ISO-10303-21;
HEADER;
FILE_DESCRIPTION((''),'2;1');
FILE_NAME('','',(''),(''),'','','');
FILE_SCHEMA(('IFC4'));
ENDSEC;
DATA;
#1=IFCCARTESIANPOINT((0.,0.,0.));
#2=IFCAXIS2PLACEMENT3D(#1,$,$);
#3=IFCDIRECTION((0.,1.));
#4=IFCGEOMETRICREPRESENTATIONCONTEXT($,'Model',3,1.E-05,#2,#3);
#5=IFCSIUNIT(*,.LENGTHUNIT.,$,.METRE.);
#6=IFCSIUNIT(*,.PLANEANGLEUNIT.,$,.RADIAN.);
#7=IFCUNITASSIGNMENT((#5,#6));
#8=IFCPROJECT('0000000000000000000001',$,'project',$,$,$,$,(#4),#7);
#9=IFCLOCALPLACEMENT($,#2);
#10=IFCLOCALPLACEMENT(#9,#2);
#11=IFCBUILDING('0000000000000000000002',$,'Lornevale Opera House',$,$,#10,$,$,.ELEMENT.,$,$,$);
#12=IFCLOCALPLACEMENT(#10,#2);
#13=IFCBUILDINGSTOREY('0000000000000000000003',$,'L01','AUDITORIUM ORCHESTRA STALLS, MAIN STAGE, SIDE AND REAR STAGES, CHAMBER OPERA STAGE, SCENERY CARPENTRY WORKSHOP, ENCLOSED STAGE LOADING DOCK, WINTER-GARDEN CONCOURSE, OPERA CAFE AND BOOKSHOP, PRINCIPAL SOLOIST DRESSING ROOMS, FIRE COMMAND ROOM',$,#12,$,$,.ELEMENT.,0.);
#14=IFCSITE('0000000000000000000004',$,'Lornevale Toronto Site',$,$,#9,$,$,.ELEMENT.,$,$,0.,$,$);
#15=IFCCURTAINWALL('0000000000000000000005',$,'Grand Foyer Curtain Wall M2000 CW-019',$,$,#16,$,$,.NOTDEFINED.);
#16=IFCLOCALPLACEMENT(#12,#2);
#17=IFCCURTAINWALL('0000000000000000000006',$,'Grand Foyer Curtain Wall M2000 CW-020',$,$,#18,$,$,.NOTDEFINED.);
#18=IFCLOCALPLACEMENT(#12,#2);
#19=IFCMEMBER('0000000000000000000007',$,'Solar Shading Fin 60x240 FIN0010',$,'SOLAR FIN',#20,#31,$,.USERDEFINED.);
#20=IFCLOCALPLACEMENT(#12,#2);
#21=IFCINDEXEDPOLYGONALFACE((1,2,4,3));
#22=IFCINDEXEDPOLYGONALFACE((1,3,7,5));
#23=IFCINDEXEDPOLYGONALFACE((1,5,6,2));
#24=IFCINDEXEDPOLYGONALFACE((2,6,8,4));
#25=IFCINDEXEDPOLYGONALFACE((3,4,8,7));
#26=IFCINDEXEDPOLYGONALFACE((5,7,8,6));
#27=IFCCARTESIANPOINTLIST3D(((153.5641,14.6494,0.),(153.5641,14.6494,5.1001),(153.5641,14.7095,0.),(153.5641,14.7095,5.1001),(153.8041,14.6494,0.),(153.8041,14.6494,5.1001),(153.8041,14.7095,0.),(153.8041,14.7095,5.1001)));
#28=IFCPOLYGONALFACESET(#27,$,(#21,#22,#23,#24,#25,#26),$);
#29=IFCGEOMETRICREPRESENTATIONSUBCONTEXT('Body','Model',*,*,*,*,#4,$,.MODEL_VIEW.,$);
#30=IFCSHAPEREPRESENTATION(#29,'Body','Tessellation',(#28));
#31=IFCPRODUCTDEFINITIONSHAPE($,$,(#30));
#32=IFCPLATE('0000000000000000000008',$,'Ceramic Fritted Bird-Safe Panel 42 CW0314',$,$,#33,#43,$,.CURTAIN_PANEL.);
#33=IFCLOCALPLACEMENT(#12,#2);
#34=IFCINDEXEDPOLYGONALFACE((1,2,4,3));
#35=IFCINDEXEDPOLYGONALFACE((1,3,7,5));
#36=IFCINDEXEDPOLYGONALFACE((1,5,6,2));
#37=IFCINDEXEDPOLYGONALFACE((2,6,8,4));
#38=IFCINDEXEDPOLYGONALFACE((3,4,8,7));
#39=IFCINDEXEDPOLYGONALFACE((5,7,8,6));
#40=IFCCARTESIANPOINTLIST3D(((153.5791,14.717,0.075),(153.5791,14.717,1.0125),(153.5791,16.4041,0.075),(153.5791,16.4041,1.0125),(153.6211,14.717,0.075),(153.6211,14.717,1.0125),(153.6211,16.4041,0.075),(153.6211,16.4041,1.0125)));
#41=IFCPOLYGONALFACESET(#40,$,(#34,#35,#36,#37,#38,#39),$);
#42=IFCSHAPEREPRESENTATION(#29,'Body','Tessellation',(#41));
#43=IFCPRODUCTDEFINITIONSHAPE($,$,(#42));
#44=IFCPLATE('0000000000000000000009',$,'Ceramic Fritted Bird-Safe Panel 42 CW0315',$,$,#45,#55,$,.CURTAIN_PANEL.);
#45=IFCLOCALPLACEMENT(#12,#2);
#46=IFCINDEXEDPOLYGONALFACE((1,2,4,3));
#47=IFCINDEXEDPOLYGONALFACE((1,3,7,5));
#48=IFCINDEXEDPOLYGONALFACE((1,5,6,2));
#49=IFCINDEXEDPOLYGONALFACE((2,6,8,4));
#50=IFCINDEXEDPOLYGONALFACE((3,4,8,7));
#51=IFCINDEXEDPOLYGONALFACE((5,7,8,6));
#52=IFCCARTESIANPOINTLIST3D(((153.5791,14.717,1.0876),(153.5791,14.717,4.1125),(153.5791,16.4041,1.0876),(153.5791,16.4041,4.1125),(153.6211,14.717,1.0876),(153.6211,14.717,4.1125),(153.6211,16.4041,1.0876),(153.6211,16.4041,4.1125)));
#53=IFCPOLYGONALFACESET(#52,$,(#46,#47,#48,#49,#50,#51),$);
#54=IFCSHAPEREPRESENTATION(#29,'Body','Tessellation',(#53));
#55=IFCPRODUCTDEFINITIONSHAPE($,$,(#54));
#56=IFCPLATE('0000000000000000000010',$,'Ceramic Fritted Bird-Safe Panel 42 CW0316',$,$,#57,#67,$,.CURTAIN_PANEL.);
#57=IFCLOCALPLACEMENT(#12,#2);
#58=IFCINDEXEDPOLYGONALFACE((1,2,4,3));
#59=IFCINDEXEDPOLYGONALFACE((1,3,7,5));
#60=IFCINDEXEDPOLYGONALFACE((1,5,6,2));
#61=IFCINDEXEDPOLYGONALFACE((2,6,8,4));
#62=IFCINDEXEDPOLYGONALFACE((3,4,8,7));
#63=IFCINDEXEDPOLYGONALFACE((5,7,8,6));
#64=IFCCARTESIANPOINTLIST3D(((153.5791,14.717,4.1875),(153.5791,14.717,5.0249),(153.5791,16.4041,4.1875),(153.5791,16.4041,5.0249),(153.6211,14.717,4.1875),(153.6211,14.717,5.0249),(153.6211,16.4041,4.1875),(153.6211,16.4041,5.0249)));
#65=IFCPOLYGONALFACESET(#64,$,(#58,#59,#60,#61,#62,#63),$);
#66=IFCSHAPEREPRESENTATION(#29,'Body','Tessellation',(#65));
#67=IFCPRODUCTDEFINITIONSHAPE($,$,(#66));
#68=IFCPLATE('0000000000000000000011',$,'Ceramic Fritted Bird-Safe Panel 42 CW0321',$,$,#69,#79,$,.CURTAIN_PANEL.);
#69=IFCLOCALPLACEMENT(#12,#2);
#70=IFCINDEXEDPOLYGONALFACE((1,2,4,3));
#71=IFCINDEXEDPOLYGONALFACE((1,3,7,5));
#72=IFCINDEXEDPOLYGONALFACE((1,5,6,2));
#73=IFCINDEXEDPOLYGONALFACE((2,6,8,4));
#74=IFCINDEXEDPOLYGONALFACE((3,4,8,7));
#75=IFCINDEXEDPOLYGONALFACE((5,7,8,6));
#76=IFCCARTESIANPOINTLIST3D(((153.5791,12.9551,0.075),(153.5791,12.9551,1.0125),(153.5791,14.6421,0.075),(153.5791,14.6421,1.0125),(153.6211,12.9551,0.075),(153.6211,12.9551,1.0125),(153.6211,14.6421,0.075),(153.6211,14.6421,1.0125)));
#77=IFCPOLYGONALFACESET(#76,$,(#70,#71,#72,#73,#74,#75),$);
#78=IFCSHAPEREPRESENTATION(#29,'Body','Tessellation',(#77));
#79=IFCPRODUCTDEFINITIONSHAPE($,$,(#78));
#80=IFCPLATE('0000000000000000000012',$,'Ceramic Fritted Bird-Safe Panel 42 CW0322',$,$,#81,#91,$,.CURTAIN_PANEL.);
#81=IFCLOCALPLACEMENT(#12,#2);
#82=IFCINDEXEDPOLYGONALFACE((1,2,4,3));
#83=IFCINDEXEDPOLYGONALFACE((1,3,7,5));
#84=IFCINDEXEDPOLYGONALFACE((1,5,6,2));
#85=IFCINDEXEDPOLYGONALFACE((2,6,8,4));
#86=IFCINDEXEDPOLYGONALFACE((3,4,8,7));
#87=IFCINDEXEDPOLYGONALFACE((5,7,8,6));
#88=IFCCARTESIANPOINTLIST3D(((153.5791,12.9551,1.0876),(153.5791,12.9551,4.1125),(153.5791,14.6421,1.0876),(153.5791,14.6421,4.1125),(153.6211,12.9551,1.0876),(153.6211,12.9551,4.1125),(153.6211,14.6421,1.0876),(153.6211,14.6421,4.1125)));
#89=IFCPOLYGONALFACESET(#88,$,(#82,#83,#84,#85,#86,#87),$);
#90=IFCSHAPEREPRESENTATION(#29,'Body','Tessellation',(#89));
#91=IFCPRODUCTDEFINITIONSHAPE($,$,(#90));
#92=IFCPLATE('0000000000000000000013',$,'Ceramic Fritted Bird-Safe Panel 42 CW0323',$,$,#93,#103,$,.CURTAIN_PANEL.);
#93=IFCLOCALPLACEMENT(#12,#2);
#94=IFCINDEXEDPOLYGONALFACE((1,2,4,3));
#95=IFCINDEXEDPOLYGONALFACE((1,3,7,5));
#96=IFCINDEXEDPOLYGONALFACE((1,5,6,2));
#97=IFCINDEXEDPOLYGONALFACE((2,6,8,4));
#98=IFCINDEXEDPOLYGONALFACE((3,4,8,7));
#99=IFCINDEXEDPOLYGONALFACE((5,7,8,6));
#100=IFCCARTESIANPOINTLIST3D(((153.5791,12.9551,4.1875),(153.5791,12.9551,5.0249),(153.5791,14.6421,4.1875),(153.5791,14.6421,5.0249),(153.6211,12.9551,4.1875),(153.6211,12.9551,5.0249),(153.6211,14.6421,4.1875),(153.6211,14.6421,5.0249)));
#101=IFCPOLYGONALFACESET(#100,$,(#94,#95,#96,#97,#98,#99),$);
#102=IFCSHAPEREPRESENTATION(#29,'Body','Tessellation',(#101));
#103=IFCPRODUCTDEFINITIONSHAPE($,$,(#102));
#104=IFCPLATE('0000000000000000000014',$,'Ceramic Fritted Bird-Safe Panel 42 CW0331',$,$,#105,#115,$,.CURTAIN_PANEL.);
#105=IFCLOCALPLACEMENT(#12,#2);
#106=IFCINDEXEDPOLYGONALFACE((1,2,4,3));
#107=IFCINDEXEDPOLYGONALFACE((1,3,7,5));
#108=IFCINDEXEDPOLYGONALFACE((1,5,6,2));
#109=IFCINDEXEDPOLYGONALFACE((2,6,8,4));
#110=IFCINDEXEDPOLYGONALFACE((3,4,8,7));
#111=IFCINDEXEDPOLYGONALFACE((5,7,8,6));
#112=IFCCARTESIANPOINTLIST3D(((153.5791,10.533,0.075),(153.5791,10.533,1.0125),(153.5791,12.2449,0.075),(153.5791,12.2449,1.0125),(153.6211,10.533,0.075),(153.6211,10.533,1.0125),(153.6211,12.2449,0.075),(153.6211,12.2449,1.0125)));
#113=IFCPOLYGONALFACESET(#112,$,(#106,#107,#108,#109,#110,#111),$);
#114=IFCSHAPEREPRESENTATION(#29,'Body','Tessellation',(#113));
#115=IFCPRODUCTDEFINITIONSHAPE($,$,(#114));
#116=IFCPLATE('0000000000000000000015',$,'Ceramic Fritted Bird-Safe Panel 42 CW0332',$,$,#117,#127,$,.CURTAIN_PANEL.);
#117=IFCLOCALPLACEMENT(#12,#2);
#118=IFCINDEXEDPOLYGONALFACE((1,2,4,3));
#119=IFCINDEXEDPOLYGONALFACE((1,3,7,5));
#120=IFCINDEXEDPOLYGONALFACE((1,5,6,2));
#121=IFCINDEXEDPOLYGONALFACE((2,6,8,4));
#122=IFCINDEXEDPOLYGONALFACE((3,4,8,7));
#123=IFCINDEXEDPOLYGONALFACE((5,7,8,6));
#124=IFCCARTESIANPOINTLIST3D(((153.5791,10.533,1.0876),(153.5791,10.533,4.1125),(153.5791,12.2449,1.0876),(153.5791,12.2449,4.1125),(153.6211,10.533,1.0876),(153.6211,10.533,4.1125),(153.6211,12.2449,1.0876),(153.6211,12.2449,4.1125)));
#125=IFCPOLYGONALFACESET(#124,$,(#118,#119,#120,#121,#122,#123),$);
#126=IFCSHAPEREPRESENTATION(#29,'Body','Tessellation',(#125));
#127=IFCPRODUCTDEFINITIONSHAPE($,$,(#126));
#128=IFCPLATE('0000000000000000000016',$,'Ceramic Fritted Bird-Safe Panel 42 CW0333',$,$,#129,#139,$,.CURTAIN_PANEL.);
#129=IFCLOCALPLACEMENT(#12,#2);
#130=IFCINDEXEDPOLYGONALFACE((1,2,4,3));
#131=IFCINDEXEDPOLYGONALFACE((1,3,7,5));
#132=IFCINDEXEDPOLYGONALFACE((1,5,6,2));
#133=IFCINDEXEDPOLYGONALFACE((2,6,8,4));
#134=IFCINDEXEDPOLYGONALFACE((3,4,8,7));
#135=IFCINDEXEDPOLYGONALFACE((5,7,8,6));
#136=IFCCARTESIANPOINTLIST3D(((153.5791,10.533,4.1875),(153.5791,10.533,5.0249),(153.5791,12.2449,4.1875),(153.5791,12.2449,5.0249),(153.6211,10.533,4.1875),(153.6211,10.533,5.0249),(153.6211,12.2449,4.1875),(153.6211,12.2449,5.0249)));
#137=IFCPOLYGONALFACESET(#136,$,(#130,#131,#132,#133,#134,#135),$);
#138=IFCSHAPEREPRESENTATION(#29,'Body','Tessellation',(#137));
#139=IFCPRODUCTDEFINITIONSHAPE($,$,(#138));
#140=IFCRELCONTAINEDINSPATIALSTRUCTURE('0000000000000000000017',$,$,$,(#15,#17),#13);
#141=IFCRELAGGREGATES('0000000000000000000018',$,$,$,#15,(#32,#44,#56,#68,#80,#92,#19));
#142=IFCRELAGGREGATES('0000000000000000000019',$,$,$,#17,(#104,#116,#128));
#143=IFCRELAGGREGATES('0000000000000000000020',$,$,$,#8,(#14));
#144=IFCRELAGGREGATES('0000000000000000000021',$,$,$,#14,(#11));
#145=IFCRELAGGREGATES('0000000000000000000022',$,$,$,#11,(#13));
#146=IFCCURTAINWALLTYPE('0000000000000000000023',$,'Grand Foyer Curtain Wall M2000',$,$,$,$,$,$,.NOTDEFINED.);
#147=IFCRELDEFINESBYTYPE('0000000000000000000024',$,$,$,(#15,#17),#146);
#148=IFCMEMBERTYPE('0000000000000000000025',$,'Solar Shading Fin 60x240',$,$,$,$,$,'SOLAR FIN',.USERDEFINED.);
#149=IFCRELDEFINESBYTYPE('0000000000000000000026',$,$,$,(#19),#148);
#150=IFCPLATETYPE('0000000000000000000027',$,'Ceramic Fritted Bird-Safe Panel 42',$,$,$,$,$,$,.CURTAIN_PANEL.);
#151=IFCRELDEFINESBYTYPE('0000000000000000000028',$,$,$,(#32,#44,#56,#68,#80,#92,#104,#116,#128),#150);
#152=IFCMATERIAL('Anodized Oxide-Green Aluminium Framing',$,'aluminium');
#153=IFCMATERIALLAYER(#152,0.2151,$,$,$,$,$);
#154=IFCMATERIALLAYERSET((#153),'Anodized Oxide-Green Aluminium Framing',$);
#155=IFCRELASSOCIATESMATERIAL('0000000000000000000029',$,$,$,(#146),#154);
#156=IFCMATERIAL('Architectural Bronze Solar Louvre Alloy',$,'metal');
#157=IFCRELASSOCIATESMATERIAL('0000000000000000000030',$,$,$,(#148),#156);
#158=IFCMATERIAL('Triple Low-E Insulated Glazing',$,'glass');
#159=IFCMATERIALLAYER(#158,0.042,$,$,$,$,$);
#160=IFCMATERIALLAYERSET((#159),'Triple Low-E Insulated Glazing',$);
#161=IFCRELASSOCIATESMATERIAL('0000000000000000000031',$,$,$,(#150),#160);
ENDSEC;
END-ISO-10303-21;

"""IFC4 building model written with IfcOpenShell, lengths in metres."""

from ifc_helpers import new_model, si_unit, direction, frame, origin, origin_2d, place, context, subcontext, project, spatial, rectangle, extrude, material, layer, layer_set, material_profile, profile_set, type_object, element, aggregate, save


model = new_model("IFC4")

# Units and contexts
model_context = context("Model", 3, precision=1e-05, world=origin(), true_north=direction((0.0, 1.0)))
body_context = subcontext(model_context, "Body", "Model", "MODEL_VIEW")
ifc_project = project(units=[si_unit("LENGTHUNIT", "METRE"), si_unit("PLANEANGLEUNIT", "RADIAN")], contexts=[model_context])

# Site, building, storey
site_placement = place(None, origin())
site = spatial("IfcSite", under=ifc_project, at=site_placement, Name="Lornevale Toronto Site", CompositionType="ELEMENT", RefElevation=0.0)
building_placement = place(site_placement, origin())
building = spatial("IfcBuilding", under=site, at=building_placement, Name="Lornevale Opera House", CompositionType="ELEMENT")
storey_placement = place(building_placement, origin())
storey = spatial("IfcBuildingStorey", under=building, at=storey_placement, Name="L01", Description="AUDITORIUM ORCHESTRA STALLS, MAIN STAGE, SIDE AND REAR STAGES, CHAMBER OPERA STAGE, SCENERY CARPENTRY WORKSHOP, ENCLOSED STAGE LOADING DOCK, WINTER-GARDEN CONCOURSE, OPERA CAFE AND BOOKSHOP, PRINCIPAL SOLOIST DRESSING ROOMS, FIRE COMMAND ROOM", CompositionType="ELEMENT", Elevation=0.0)

# Curtain walls
ifc_material_1 = material(Name="Anodized Oxide-Green Aluminium Framing", Category="aluminium")
ifc_layer_1 = layer(ifc_material_1, 0.2151)
ifc_layer_set_1 = layer_set([ifc_layer_1], Name="Anodized Oxide-Green Aluminium Framing")
curtain_wall_type = type_object("IfcCurtainWallType", Name="Grand Foyer Curtain Wall M2000", PredefinedType="NOTDEFINED", material=ifc_layer_set_1)
curtain_wall_1_placement = place(storey_placement, origin())
curtain_wall_1 = element("IfcCurtainWall", 1, at=curtain_wall_1_placement, inside=storey, type_object=curtain_wall_type, Name="Grand Foyer Curtain Wall M2000 CW-019", PredefinedType="NOTDEFINED")
curtain_wall_2_placement = place(storey_placement, origin())
curtain_wall_2 = element("IfcCurtainWall", 2, at=curtain_wall_2_placement, inside=storey, type_object=curtain_wall_type, Name="Grand Foyer Curtain Wall M2000 CW-020", PredefinedType="NOTDEFINED")

# Member
ifc_material_2 = material(Name="Architectural Bronze Solar Louvre Alloy", Category="metal")
ifc_material_profile_1 = material_profile(ifc_material_2, rectangle(XDim=0.0601, YDim=0.24, at=origin_2d()), Name="FIN60x240")
ifc_profile_set_1 = profile_set([ifc_material_profile_1], Name="Architectural Bronze Solar Louvre Alloy")
member_type_1 = type_object("IfcMemberType", Name="Solar Shading Fin 60x240", ElementType="SOLAR FIN", PredefinedType="USERDEFINED", material=ifc_profile_set_1)
member_1_placement = place(storey_placement, frame((153.6841, 14.6794, 0.0), z_axis=(0.0, 0.0, 1.0), x_axis=(0.0, -1.0, 0.0)))
member_1 = element("IfcMember", 3, at=member_1_placement, type_object=member_type_1, Name="Solar Shading Fin 60x240 FIN0010", ObjectType="SOLAR FIN", PredefinedType="USERDEFINED", context=body_context, shape_type="SweptSolid", body=[
    extrude(rectangle(XDim=0.0601, YDim=0.24, at=origin_2d()), origin(), (0.0, 0.0, 1.0), 5.1001),
])

# Plates
ifc_material_3 = material(Name="Triple Low-E Insulated Glazing", Category="glass")
ifc_layer_2 = layer(ifc_material_3, 0.042)
ifc_layer_set_2 = layer_set([ifc_layer_2], Name="Triple Low-E Insulated Glazing")
plate_type = type_object("IfcPlateType", Name="Ceramic Fritted Bird-Safe Panel 42", PredefinedType="CURTAIN_PANEL", material=ifc_layer_set_2)
plate_1_placement = place(storey_placement, frame((153.6001, 15.5605, 0.075), z_axis=(0.0, 0.0, 1.0), x_axis=(0.0, -1.0, 0.0)))
plate_1 = element("IfcPlate", 4, at=plate_1_placement, type_object=plate_type, Name="Ceramic Fritted Bird-Safe Panel 42 CW0314", PredefinedType="CURTAIN_PANEL", context=body_context, shape_type="SweptSolid", body=[
    extrude(rectangle(XDim=1.687, YDim=0.042, at=origin_2d()), origin(), (0.0, 0.0, 1.0), 0.9375),
])
plate_2_placement = place(storey_placement, frame((153.6001, 15.5605, 1.0876), z_axis=(0.0, 0.0, 1.0), x_axis=(0.0, -1.0, 0.0)))
plate_2 = element("IfcPlate", 5, at=plate_2_placement, type_object=plate_type, Name="Ceramic Fritted Bird-Safe Panel 42 CW0315", PredefinedType="CURTAIN_PANEL", context=body_context, shape_type="SweptSolid", body=[
    extrude(rectangle(XDim=1.687, YDim=0.042, at=origin_2d()), origin(), (0.0, 0.0, 1.0), 3.0249),
])
plate_3_placement = place(storey_placement, frame((153.6001, 15.5605, 4.1875), z_axis=(0.0, 0.0, 1.0), x_axis=(0.0, -1.0, 0.0)))
plate_3 = element("IfcPlate", 6, at=plate_3_placement, type_object=plate_type, Name="Ceramic Fritted Bird-Safe Panel 42 CW0316", PredefinedType="CURTAIN_PANEL", context=body_context, shape_type="SweptSolid", body=[
    extrude(rectangle(XDim=1.687, YDim=0.042, at=origin_2d()), origin(), (0.0, 0.0, 1.0), 0.8374),
])
plate_4_placement = place(storey_placement, frame((153.6001, 13.7986, 0.075), z_axis=(0.0, 0.0, 1.0), x_axis=(0.0, -1.0, 0.0)))
plate_4 = element("IfcPlate", 7, at=plate_4_placement, type_object=plate_type, Name="Ceramic Fritted Bird-Safe Panel 42 CW0321", PredefinedType="CURTAIN_PANEL", context=body_context, shape_type="SweptSolid", body=[
    extrude(rectangle(XDim=1.687, YDim=0.042, at=origin_2d()), origin(), (0.0, 0.0, 1.0), 0.9375),
])
plate_5_placement = place(storey_placement, frame((153.6001, 13.7986, 1.0876), z_axis=(0.0, 0.0, 1.0), x_axis=(0.0, -1.0, 0.0)))
plate_5 = element("IfcPlate", 8, at=plate_5_placement, type_object=plate_type, Name="Ceramic Fritted Bird-Safe Panel 42 CW0322", PredefinedType="CURTAIN_PANEL", context=body_context, shape_type="SweptSolid", body=[
    extrude(rectangle(XDim=1.687, YDim=0.042, at=origin_2d()), origin(), (0.0, 0.0, 1.0), 3.0249),
])
plate_6_placement = place(storey_placement, frame((153.6001, 13.7986, 4.1875), z_axis=(0.0, 0.0, 1.0), x_axis=(0.0, -1.0, 0.0)))
plate_6 = element("IfcPlate", 9, at=plate_6_placement, type_object=plate_type, Name="Ceramic Fritted Bird-Safe Panel 42 CW0323", PredefinedType="CURTAIN_PANEL", context=body_context, shape_type="SweptSolid", body=[
    extrude(rectangle(XDim=1.687, YDim=0.042, at=origin_2d()), origin(), (0.0, 0.0, 1.0), 0.8374),
])
aggregate(curtain_wall_1, [plate_1, plate_2, plate_3, plate_4, plate_5, plate_6, member_1])
plate_7_placement = place(storey_placement, frame((153.6001, 11.3889, 0.075), z_axis=(0.0, 0.0, 1.0), x_axis=(0.0, -1.0, 0.0)))
plate_7 = element("IfcPlate", 10, at=plate_7_placement, type_object=plate_type, Name="Ceramic Fritted Bird-Safe Panel 42 CW0331", PredefinedType="CURTAIN_PANEL", context=body_context, shape_type="SweptSolid", body=[
    extrude(rectangle(XDim=1.7119, YDim=0.042, at=origin_2d()), origin(), (0.0, 0.0, 1.0), 0.9375),
])
plate_8_placement = place(storey_placement, frame((153.6001, 11.3889, 1.0876), z_axis=(0.0, 0.0, 1.0), x_axis=(0.0, -1.0, 0.0)))
plate_8 = element("IfcPlate", 11, at=plate_8_placement, type_object=plate_type, Name="Ceramic Fritted Bird-Safe Panel 42 CW0332", PredefinedType="CURTAIN_PANEL", context=body_context, shape_type="SweptSolid", body=[
    extrude(rectangle(XDim=1.7119, YDim=0.042, at=origin_2d()), origin(), (0.0, 0.0, 1.0), 3.0249),
])
plate_9_placement = place(storey_placement, frame((153.6001, 11.3889, 4.1875), z_axis=(0.0, 0.0, 1.0), x_axis=(0.0, -1.0, 0.0)))
plate_9 = element("IfcPlate", 12, at=plate_9_placement, type_object=plate_type, Name="Ceramic Fritted Bird-Safe Panel 42 CW0333", PredefinedType="CURTAIN_PANEL", context=body_context, shape_type="SweptSolid", body=[
    extrude(rectangle(XDim=1.7119, YDim=0.042, at=origin_2d()), origin(), (0.0, 0.0, 1.0), 0.8374),
])
aggregate(curtain_wall_2, [plate_7, plate_8, plate_9])

save(model, "model.ifc")
